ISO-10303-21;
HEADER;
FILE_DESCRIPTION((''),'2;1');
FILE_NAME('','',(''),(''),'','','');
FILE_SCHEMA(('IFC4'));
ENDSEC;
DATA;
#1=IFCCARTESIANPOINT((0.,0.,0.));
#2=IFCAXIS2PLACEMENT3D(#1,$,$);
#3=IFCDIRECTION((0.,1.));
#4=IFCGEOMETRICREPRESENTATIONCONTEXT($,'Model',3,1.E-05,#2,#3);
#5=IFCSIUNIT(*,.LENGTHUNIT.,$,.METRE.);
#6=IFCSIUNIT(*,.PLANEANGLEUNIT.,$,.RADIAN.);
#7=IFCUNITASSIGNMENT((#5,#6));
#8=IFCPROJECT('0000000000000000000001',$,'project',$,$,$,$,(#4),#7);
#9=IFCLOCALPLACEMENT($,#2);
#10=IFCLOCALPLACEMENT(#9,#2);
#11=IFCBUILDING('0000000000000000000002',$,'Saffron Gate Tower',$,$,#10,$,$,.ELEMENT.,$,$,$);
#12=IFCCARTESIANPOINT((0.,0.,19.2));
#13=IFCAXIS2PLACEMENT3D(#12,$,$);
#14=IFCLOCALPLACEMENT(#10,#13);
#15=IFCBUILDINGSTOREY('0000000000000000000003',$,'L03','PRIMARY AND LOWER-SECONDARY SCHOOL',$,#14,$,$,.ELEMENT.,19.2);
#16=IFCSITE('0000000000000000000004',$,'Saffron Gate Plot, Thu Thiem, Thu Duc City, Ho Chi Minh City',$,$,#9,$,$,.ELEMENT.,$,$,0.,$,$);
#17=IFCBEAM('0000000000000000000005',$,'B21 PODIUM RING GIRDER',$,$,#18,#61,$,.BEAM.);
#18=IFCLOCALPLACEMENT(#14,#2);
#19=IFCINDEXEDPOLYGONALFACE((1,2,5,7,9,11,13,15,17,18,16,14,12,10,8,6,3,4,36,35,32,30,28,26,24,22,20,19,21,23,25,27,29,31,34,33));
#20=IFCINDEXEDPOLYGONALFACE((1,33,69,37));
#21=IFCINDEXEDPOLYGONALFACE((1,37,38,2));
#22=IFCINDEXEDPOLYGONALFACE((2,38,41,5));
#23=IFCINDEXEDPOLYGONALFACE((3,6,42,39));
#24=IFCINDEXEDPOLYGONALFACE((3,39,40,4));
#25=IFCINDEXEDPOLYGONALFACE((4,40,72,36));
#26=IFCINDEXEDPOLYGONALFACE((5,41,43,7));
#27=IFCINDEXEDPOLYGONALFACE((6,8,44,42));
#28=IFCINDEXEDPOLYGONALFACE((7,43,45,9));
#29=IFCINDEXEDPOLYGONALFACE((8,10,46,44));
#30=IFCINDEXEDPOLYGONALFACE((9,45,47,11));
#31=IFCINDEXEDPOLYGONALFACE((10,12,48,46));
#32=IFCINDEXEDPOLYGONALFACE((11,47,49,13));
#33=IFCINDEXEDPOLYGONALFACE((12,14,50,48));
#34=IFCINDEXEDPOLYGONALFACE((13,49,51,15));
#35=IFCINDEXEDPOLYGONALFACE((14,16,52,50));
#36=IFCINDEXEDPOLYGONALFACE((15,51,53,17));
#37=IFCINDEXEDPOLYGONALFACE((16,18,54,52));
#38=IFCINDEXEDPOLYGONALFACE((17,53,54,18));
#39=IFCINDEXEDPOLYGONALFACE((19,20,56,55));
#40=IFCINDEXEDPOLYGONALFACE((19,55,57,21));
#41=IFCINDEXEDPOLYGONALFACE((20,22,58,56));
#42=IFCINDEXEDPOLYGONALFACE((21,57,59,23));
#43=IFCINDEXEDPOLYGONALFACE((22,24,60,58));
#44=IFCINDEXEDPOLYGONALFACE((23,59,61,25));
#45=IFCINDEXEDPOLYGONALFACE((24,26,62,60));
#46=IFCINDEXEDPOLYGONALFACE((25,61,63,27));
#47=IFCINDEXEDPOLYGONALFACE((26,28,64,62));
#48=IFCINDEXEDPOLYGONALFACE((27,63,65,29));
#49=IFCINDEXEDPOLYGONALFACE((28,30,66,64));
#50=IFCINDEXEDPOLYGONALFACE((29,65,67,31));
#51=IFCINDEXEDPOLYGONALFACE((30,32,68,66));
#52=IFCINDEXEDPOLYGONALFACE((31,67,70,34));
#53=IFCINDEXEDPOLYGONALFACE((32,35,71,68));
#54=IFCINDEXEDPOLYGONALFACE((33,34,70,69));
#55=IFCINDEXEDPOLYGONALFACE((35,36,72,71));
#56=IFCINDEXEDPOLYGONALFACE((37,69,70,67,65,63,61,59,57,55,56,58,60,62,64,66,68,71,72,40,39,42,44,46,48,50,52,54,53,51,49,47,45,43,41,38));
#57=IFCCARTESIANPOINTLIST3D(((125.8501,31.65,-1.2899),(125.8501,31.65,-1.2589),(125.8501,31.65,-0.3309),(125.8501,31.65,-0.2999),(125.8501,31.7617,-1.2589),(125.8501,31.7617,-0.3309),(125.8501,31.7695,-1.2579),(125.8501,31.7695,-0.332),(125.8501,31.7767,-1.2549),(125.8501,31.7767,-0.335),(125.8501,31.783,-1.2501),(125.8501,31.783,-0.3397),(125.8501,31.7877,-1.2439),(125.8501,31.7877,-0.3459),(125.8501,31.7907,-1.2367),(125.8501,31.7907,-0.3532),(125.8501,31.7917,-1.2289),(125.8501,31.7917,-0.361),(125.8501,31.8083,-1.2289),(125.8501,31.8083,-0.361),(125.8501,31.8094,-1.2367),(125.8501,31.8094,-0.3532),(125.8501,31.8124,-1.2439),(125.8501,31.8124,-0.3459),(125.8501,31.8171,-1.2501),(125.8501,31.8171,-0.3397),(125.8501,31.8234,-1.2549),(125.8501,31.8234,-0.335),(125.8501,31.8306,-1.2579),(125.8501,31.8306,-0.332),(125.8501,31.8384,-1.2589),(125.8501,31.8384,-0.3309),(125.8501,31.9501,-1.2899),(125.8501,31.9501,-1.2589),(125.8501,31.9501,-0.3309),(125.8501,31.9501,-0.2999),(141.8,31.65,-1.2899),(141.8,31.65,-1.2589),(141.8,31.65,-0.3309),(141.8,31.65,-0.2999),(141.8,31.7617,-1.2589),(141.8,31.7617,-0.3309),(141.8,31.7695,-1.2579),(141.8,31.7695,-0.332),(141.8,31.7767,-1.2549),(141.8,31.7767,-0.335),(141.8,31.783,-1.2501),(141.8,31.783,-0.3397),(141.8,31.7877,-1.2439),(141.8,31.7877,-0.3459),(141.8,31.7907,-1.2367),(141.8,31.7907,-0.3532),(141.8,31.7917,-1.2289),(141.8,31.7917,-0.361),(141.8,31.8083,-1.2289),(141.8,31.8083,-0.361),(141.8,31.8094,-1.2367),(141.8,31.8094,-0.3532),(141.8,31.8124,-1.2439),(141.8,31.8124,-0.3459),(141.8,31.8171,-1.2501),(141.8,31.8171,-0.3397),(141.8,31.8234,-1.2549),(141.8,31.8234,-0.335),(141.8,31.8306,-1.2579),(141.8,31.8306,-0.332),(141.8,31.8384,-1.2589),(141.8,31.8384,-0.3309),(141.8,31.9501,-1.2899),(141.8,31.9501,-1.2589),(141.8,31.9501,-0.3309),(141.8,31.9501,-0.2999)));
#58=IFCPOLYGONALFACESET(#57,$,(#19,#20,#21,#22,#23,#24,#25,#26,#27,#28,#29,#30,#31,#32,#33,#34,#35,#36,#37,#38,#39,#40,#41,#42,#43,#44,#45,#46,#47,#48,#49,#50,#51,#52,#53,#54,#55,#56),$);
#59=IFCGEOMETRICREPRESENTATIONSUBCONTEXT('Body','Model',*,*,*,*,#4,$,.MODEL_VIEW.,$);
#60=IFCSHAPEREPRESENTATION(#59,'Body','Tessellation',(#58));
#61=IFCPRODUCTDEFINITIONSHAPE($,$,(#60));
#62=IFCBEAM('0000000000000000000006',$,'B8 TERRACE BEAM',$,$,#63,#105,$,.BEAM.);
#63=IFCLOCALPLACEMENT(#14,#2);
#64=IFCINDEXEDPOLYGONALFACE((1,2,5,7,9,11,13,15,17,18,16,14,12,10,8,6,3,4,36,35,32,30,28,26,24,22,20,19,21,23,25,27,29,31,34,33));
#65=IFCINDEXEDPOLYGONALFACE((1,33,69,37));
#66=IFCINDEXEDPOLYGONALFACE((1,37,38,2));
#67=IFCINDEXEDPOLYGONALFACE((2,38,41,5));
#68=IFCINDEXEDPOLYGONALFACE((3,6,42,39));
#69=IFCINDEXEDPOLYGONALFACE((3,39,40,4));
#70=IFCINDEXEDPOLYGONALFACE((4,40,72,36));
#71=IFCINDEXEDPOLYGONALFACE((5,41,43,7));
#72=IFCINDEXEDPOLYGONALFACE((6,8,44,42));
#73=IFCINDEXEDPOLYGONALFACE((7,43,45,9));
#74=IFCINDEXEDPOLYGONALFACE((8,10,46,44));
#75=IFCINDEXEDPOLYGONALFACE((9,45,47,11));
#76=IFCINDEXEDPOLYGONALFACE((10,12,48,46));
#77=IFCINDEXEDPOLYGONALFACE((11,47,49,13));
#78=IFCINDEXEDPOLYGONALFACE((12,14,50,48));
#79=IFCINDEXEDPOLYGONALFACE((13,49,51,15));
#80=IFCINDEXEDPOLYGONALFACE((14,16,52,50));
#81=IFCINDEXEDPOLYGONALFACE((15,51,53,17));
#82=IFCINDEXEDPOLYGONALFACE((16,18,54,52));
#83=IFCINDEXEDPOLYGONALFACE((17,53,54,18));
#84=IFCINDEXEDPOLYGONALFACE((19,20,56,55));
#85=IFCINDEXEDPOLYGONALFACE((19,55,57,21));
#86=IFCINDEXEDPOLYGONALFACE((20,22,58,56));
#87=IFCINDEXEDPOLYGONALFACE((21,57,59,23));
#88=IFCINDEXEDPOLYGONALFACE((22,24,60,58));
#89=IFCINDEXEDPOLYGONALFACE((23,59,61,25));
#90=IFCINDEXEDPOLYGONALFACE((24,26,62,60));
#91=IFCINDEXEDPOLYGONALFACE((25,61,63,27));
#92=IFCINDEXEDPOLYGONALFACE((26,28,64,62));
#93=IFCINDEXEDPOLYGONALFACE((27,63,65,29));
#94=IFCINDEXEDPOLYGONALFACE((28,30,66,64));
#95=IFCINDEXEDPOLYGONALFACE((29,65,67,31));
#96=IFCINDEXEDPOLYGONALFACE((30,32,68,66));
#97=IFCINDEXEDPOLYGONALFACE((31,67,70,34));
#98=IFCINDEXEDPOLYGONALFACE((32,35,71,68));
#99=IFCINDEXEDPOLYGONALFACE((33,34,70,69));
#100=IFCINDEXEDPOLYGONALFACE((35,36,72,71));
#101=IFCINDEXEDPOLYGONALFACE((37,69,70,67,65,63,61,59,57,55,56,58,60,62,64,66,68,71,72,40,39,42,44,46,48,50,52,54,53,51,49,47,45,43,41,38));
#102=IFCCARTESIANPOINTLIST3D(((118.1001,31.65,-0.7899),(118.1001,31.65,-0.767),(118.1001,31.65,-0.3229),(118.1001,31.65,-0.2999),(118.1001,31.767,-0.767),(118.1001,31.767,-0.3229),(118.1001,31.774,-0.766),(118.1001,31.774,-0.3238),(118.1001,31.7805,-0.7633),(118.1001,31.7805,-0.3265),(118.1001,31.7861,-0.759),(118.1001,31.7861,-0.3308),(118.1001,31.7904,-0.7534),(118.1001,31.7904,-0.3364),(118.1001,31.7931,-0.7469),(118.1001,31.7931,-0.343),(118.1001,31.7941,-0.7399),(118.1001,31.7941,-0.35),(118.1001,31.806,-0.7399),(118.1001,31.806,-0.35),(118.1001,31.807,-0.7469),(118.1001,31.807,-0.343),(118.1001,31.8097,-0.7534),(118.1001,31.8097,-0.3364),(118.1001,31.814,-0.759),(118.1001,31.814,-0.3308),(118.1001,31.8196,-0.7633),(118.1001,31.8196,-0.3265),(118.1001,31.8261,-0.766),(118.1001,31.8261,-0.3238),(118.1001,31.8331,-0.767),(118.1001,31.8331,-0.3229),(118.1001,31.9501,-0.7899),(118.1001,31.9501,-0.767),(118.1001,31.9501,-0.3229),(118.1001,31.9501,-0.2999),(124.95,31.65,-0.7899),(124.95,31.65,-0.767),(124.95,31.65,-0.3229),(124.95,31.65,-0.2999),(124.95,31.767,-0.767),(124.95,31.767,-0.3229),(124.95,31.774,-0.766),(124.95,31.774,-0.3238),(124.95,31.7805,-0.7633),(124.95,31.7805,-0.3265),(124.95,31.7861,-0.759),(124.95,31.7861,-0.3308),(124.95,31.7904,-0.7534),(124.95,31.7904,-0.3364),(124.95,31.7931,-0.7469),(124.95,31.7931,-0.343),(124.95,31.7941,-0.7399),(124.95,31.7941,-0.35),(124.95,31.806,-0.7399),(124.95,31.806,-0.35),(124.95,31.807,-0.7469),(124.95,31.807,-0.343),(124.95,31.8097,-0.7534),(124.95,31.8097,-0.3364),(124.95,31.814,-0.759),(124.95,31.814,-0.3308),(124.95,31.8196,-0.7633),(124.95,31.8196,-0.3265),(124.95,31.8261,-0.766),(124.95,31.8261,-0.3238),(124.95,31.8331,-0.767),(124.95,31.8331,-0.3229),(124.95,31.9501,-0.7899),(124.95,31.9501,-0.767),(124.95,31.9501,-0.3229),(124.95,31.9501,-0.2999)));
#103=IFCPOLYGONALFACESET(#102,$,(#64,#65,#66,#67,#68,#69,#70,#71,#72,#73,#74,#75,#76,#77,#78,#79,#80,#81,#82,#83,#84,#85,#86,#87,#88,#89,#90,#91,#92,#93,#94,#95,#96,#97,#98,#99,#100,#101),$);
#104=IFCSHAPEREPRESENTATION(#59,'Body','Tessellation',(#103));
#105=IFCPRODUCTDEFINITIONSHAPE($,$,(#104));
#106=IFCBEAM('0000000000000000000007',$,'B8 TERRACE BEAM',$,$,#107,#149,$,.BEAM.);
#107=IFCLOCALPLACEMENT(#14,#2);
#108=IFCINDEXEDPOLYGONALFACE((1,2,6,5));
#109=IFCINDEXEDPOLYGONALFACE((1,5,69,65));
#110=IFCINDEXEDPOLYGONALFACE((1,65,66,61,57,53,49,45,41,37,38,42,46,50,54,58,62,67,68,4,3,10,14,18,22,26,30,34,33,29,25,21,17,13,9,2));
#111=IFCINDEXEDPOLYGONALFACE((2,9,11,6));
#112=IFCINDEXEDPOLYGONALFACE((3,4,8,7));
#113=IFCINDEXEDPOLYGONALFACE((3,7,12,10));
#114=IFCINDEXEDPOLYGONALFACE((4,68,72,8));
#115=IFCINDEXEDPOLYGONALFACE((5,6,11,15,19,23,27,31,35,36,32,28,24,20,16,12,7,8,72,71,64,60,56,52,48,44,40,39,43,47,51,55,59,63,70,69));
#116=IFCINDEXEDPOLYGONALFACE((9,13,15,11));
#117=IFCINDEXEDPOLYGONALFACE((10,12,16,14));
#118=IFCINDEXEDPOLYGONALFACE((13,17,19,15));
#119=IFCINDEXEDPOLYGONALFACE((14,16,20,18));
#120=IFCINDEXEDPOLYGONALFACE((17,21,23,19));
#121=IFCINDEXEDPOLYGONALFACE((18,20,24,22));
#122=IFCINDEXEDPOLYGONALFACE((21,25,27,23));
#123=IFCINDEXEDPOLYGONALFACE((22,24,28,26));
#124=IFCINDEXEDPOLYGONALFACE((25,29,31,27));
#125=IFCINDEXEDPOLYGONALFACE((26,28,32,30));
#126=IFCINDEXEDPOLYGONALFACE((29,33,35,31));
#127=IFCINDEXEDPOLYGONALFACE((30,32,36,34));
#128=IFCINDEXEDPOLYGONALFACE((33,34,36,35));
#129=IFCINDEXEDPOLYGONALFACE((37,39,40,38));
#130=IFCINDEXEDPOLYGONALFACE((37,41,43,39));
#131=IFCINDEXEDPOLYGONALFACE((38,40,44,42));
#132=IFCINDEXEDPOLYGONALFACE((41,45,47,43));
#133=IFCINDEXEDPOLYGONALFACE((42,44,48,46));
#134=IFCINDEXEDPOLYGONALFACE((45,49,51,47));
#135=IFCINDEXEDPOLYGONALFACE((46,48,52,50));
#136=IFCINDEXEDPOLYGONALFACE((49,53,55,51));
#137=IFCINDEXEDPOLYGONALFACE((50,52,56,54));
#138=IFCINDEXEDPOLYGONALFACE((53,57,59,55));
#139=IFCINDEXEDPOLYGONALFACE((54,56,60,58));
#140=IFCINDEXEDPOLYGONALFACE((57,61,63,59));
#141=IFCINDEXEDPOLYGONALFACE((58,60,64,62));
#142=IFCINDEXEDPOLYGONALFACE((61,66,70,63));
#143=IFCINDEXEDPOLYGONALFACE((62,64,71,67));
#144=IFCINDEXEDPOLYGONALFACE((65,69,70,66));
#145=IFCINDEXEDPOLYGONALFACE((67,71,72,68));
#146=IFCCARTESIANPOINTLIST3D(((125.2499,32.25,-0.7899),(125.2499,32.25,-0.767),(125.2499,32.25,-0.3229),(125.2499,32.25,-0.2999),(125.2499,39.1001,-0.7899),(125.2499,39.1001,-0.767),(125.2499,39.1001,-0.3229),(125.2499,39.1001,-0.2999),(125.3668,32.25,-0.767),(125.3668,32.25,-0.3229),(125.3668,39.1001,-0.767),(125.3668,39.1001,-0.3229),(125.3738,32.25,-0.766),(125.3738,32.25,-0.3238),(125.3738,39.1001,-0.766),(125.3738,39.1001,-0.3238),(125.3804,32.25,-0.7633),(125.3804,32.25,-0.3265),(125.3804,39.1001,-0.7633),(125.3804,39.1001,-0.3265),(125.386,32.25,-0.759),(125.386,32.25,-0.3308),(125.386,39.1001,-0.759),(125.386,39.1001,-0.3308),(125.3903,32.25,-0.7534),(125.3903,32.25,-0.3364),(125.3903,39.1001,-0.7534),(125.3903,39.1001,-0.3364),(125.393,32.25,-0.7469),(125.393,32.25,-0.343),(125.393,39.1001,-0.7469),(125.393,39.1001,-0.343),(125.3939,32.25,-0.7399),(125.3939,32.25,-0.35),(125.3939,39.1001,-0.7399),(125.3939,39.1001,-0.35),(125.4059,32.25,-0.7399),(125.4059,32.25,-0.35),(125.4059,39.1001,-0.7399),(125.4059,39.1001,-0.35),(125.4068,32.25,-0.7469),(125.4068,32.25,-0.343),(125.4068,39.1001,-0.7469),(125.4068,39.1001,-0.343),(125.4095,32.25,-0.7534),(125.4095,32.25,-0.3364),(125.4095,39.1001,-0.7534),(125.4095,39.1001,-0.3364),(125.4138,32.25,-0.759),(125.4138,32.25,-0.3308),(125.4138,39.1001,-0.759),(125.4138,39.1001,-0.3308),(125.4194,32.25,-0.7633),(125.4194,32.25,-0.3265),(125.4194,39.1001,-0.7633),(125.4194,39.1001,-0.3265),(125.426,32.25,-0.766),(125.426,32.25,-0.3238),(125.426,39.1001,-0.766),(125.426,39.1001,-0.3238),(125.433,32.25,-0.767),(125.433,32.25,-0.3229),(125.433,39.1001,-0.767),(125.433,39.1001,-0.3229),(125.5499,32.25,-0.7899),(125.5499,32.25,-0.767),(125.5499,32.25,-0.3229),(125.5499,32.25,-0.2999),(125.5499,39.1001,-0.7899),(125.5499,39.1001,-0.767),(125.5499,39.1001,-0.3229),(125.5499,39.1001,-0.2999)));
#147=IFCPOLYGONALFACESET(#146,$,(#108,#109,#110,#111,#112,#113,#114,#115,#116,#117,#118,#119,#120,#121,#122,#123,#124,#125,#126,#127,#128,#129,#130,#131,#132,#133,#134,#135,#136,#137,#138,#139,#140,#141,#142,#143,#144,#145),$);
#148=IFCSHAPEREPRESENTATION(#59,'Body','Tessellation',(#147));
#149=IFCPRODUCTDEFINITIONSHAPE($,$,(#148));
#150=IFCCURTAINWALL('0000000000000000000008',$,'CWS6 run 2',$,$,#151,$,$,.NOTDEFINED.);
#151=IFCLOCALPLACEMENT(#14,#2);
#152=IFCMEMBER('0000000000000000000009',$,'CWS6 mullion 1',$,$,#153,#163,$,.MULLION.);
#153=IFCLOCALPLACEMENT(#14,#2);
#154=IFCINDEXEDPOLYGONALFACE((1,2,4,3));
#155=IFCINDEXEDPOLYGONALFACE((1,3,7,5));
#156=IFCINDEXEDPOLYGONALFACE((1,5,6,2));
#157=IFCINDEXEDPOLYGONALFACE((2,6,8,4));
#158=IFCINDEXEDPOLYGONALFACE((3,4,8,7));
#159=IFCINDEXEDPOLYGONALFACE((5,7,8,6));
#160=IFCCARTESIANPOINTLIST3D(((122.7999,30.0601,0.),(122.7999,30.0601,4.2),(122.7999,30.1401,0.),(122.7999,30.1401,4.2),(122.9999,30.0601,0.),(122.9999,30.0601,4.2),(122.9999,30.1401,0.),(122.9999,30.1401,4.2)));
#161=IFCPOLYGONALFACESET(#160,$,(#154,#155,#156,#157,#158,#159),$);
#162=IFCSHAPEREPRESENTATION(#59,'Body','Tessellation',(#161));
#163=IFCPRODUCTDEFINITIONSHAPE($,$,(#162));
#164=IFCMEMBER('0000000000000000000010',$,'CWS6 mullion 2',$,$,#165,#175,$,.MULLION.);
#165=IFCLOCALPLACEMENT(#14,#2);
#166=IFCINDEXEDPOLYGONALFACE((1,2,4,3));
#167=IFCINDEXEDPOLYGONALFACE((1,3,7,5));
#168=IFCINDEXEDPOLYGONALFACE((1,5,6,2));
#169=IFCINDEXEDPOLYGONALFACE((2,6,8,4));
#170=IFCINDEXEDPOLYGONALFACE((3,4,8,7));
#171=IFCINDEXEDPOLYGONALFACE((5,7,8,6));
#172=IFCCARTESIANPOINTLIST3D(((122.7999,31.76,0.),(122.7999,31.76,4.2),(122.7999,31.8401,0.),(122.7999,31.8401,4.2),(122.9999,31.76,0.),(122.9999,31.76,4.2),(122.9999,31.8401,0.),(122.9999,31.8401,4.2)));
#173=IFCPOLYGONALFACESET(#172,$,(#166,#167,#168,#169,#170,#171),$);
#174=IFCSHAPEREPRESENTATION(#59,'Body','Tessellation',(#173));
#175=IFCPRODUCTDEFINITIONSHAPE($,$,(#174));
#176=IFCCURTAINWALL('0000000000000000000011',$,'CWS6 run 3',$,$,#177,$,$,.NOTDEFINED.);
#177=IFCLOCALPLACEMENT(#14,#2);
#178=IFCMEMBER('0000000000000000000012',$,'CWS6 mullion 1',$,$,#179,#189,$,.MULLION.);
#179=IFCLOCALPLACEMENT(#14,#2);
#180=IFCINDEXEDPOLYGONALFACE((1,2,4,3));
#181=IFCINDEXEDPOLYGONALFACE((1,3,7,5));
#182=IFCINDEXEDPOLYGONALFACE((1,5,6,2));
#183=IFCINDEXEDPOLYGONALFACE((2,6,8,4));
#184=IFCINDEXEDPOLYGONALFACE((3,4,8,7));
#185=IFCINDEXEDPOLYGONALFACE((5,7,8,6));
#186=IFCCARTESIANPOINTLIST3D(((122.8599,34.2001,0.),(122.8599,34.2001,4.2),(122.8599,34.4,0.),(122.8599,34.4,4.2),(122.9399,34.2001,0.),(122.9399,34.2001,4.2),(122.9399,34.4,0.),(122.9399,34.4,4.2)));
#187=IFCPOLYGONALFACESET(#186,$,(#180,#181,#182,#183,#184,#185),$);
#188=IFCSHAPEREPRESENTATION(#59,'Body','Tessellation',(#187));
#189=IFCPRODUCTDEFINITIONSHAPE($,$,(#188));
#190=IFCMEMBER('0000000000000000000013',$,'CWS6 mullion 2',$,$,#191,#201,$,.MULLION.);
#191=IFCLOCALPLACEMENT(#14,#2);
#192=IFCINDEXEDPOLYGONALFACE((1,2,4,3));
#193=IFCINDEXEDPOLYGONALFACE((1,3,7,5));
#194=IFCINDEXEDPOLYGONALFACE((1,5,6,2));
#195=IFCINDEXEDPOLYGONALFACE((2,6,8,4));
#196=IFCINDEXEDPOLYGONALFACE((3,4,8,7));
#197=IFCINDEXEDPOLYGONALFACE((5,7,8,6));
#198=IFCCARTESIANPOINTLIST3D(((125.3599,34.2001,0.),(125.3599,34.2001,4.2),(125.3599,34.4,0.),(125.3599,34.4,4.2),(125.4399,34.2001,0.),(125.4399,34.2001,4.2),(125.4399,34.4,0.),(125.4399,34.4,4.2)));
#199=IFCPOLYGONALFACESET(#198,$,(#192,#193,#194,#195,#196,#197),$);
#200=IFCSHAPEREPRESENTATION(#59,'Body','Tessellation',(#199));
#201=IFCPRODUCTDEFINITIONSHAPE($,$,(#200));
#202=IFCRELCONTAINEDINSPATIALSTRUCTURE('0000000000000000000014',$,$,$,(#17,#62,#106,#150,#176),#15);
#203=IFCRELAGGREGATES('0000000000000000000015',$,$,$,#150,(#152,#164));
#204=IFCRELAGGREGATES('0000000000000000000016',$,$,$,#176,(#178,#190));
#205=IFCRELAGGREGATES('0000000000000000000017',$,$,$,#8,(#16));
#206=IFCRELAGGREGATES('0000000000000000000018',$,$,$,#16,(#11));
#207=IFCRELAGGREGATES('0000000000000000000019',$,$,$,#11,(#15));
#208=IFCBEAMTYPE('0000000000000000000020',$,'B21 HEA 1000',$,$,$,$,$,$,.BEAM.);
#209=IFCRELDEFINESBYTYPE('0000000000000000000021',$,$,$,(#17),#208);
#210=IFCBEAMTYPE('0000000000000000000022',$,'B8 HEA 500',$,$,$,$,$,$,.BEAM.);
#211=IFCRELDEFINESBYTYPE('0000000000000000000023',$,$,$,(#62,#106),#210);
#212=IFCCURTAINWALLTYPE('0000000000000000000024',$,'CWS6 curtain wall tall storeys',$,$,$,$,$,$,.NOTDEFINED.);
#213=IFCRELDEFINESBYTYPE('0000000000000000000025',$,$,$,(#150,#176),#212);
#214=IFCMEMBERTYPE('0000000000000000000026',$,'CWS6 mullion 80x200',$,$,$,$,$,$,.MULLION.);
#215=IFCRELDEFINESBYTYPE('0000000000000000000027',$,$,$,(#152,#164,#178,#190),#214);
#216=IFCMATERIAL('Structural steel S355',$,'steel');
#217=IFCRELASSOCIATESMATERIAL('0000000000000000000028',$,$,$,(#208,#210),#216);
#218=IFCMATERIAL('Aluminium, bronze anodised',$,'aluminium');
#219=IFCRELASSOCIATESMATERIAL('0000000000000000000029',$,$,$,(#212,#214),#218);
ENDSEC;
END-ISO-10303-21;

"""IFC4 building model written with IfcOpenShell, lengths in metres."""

from ifc_helpers import new_model, si_unit, direction, frame, origin, origin_2d, place, context, subcontext, project, spatial, rectangle, i_section, extrude, material, material_profile, profile_set, type_object, element, aggregate, save


model = new_model("IFC4")

# Units and contexts
model_context = context("Model", 3, precision=1e-05, world=origin(), true_north=direction((0.0, 1.0)))
body_context = subcontext(model_context, "Body", "Model", "MODEL_VIEW")
ifc_project = project(units=[si_unit("LENGTHUNIT", "METRE"), si_unit("PLANEANGLEUNIT", "RADIAN")], contexts=[model_context])

# Site, building, storey
site_placement = place(None, origin())
site = spatial("IfcSite", under=ifc_project, at=site_placement, Name="Saffron Gate Plot, Thu Thiem, Thu Duc City, Ho Chi Minh City", CompositionType="ELEMENT", RefElevation=0.0)
building_placement = place(site_placement, origin())
building = spatial("IfcBuilding", under=site, at=building_placement, Name="Saffron Gate Tower", CompositionType="ELEMENT")
storey_placement = place(building_placement, frame((0.0, 0.0, 19.2)))
storey = spatial("IfcBuildingStorey", under=building, at=storey_placement, Name="L03", Description="PRIMARY AND LOWER-SECONDARY SCHOOL", CompositionType="ELEMENT", Elevation=19.2)

# Beams
ifc_material_1 = material(Name="Structural steel S355", Category="steel")
ifc_material_profile_1 = material_profile(ifc_material_1, i_section(OverallWidth=0.3, OverallDepth=0.99, WebThickness=0.0166, FlangeThickness=0.031, FilletRadius=0.03, at=origin_2d()))
ifc_profile_set_1 = profile_set([ifc_material_profile_1], Name="Structural steel S355")
beam_type_1 = type_object("IfcBeamType", Name="B21 HEA 1000", PredefinedType="BEAM", material=ifc_profile_set_1)
beam_1_placement = place(storey_placement, frame((141.8, 31.8, -0.7949), z_axis=(-1.0, 0.0, 0.0), x_axis=(0.0, -1.0, 0.0)))
element("IfcBeam", 1, at=beam_1_placement, inside=storey, type_object=beam_type_1, Name="B21 PODIUM RING GIRDER", PredefinedType="BEAM", context=body_context, shape_type="SweptSolid", body=[
    extrude(i_section(OverallWidth=0.3, OverallDepth=0.99, WebThickness=0.0166, FlangeThickness=0.031, FilletRadius=0.03, at=origin_2d()), origin(), (0.0, 0.0, 1.0), 15.95),
])
ifc_material_profile_2 = material_profile(ifc_material_1, i_section(OverallWidth=0.3, OverallDepth=0.49, WebThickness=0.012, FlangeThickness=0.0229, FilletRadius=0.0271, at=origin_2d()))
ifc_profile_set_2 = profile_set([ifc_material_profile_2], Name="Structural steel S355")
beam_type_2 = type_object("IfcBeamType", Name="B8 HEA 500", PredefinedType="BEAM", material=ifc_profile_set_2)
beam_2_placement = place(storey_placement, frame((118.1001, 31.8, -0.5449), z_axis=(1.0, 0.0, 0.0), x_axis=(0.0, 1.0, 0.0)))
element("IfcBeam", 2, at=beam_2_placement, inside=storey, type_object=beam_type_2, Name="B8 TERRACE BEAM", PredefinedType="BEAM", context=body_context, shape_type="SweptSolid", body=[
    extrude(i_section(OverallWidth=0.3, OverallDepth=0.49, WebThickness=0.012, FlangeThickness=0.0229, FilletRadius=0.0271, at=origin_2d()), origin(), (0.0, 0.0, 1.0), 6.8499),
])
beam_3_placement = place(storey_placement, frame((125.3999, 32.25, -0.5449), z_axis=(0.0, 1.0, 0.0), x_axis=(-1.0, 0.0, 0.0)))
element("IfcBeam", 3, at=beam_3_placement, inside=storey, type_object=beam_type_2, Name="B8 TERRACE BEAM", PredefinedType="BEAM", context=body_context, shape_type="SweptSolid", body=[
    extrude(i_section(OverallWidth=0.3, OverallDepth=0.49, WebThickness=0.012, FlangeThickness=0.0229, FilletRadius=0.0271, at=origin_2d()), origin(), (0.0, 0.0, 1.0), 6.8501),
])

# Curtain walls, members
ifc_material_2 = material(Name="Aluminium, bronze anodised", Category="aluminium")
curtain_wall_type = type_object("IfcCurtainWallType", Name="CWS6 curtain wall tall storeys", PredefinedType="NOTDEFINED", material=ifc_material_2)
curtain_wall_1_placement = place(storey_placement, origin())
curtain_wall_1 = element("IfcCurtainWall", 4, at=curtain_wall_1_placement, inside=storey, type_object=curtain_wall_type, Name="CWS6 run 2", PredefinedType="NOTDEFINED")
ifc_material_profile_3 = material_profile(ifc_material_2, rectangle(XDim=0.2, YDim=0.0801, at=origin_2d()))
ifc_profile_set_3 = profile_set([ifc_material_profile_3], Name="Aluminium, bronze anodised")
member_type_1 = type_object("IfcMemberType", Name="CWS6 mullion 80x200", PredefinedType="MULLION", material=ifc_profile_set_3)
member_1_placement = place(storey_placement, frame((122.8999, 30.1001, 0.0), z_axis=(0.0, 0.0, 1.0), x_axis=(-1.0, 0.0, 0.0)))
member_1 = element("IfcMember", 5, at=member_1_placement, type_object=member_type_1, Name="CWS6 mullion 1", PredefinedType="MULLION", context=body_context, shape_type="SweptSolid", body=[
    extrude(rectangle(XDim=0.2, YDim=0.0801, at=origin_2d()), origin(), (0.0, 0.0, 1.0), 4.2),
])
member_2_placement = place(storey_placement, frame((122.8999, 31.8, 0.0), z_axis=(0.0, 0.0, 1.0), x_axis=(-1.0, 0.0, 0.0)))
member_2 = element("IfcMember", 6, at=member_2_placement, type_object=member_type_1, Name="CWS6 mullion 2", PredefinedType="MULLION", context=body_context, shape_type="SweptSolid", body=[
    extrude(rectangle(XDim=0.2, YDim=0.0801, at=origin_2d()), origin(), (0.0, 0.0, 1.0), 4.2),
])
curtain_wall_2_placement = place(storey_placement, origin())
curtain_wall_2 = element("IfcCurtainWall", 7, at=curtain_wall_2_placement, inside=storey, type_object=curtain_wall_type, Name="CWS6 run 3", PredefinedType="NOTDEFINED")
member_3_placement = place(storey_placement, frame((122.8999, 34.3, 0.0), z_axis=(0.0, 0.0, 1.0), x_axis=(0.0, 1.0, 0.0)))
member_3 = element("IfcMember", 8, at=member_3_placement, type_object=member_type_1, Name="CWS6 mullion 1", PredefinedType="MULLION", context=body_context, shape_type="SweptSolid", body=[
    extrude(rectangle(XDim=0.2, YDim=0.0801, at=origin_2d()), origin(), (0.0, 0.0, 1.0), 4.2),
])
member_4_placement = place(storey_placement, frame((125.3999, 34.3, 0.0), z_axis=(0.0, 0.0, 1.0), x_axis=(0.0, 1.0, 0.0)))
member_4 = element("IfcMember", 9, at=member_4_placement, type_object=member_type_1, Name="CWS6 mullion 2", PredefinedType="MULLION", context=body_context, shape_type="SweptSolid", body=[
    extrude(rectangle(XDim=0.2, YDim=0.0801, at=origin_2d()), origin(), (0.0, 0.0, 1.0), 4.2),
])

aggregate(curtain_wall_1, [member_1, member_2])
aggregate(curtain_wall_2, [member_3, member_4])

save(model, "model.ifc")
